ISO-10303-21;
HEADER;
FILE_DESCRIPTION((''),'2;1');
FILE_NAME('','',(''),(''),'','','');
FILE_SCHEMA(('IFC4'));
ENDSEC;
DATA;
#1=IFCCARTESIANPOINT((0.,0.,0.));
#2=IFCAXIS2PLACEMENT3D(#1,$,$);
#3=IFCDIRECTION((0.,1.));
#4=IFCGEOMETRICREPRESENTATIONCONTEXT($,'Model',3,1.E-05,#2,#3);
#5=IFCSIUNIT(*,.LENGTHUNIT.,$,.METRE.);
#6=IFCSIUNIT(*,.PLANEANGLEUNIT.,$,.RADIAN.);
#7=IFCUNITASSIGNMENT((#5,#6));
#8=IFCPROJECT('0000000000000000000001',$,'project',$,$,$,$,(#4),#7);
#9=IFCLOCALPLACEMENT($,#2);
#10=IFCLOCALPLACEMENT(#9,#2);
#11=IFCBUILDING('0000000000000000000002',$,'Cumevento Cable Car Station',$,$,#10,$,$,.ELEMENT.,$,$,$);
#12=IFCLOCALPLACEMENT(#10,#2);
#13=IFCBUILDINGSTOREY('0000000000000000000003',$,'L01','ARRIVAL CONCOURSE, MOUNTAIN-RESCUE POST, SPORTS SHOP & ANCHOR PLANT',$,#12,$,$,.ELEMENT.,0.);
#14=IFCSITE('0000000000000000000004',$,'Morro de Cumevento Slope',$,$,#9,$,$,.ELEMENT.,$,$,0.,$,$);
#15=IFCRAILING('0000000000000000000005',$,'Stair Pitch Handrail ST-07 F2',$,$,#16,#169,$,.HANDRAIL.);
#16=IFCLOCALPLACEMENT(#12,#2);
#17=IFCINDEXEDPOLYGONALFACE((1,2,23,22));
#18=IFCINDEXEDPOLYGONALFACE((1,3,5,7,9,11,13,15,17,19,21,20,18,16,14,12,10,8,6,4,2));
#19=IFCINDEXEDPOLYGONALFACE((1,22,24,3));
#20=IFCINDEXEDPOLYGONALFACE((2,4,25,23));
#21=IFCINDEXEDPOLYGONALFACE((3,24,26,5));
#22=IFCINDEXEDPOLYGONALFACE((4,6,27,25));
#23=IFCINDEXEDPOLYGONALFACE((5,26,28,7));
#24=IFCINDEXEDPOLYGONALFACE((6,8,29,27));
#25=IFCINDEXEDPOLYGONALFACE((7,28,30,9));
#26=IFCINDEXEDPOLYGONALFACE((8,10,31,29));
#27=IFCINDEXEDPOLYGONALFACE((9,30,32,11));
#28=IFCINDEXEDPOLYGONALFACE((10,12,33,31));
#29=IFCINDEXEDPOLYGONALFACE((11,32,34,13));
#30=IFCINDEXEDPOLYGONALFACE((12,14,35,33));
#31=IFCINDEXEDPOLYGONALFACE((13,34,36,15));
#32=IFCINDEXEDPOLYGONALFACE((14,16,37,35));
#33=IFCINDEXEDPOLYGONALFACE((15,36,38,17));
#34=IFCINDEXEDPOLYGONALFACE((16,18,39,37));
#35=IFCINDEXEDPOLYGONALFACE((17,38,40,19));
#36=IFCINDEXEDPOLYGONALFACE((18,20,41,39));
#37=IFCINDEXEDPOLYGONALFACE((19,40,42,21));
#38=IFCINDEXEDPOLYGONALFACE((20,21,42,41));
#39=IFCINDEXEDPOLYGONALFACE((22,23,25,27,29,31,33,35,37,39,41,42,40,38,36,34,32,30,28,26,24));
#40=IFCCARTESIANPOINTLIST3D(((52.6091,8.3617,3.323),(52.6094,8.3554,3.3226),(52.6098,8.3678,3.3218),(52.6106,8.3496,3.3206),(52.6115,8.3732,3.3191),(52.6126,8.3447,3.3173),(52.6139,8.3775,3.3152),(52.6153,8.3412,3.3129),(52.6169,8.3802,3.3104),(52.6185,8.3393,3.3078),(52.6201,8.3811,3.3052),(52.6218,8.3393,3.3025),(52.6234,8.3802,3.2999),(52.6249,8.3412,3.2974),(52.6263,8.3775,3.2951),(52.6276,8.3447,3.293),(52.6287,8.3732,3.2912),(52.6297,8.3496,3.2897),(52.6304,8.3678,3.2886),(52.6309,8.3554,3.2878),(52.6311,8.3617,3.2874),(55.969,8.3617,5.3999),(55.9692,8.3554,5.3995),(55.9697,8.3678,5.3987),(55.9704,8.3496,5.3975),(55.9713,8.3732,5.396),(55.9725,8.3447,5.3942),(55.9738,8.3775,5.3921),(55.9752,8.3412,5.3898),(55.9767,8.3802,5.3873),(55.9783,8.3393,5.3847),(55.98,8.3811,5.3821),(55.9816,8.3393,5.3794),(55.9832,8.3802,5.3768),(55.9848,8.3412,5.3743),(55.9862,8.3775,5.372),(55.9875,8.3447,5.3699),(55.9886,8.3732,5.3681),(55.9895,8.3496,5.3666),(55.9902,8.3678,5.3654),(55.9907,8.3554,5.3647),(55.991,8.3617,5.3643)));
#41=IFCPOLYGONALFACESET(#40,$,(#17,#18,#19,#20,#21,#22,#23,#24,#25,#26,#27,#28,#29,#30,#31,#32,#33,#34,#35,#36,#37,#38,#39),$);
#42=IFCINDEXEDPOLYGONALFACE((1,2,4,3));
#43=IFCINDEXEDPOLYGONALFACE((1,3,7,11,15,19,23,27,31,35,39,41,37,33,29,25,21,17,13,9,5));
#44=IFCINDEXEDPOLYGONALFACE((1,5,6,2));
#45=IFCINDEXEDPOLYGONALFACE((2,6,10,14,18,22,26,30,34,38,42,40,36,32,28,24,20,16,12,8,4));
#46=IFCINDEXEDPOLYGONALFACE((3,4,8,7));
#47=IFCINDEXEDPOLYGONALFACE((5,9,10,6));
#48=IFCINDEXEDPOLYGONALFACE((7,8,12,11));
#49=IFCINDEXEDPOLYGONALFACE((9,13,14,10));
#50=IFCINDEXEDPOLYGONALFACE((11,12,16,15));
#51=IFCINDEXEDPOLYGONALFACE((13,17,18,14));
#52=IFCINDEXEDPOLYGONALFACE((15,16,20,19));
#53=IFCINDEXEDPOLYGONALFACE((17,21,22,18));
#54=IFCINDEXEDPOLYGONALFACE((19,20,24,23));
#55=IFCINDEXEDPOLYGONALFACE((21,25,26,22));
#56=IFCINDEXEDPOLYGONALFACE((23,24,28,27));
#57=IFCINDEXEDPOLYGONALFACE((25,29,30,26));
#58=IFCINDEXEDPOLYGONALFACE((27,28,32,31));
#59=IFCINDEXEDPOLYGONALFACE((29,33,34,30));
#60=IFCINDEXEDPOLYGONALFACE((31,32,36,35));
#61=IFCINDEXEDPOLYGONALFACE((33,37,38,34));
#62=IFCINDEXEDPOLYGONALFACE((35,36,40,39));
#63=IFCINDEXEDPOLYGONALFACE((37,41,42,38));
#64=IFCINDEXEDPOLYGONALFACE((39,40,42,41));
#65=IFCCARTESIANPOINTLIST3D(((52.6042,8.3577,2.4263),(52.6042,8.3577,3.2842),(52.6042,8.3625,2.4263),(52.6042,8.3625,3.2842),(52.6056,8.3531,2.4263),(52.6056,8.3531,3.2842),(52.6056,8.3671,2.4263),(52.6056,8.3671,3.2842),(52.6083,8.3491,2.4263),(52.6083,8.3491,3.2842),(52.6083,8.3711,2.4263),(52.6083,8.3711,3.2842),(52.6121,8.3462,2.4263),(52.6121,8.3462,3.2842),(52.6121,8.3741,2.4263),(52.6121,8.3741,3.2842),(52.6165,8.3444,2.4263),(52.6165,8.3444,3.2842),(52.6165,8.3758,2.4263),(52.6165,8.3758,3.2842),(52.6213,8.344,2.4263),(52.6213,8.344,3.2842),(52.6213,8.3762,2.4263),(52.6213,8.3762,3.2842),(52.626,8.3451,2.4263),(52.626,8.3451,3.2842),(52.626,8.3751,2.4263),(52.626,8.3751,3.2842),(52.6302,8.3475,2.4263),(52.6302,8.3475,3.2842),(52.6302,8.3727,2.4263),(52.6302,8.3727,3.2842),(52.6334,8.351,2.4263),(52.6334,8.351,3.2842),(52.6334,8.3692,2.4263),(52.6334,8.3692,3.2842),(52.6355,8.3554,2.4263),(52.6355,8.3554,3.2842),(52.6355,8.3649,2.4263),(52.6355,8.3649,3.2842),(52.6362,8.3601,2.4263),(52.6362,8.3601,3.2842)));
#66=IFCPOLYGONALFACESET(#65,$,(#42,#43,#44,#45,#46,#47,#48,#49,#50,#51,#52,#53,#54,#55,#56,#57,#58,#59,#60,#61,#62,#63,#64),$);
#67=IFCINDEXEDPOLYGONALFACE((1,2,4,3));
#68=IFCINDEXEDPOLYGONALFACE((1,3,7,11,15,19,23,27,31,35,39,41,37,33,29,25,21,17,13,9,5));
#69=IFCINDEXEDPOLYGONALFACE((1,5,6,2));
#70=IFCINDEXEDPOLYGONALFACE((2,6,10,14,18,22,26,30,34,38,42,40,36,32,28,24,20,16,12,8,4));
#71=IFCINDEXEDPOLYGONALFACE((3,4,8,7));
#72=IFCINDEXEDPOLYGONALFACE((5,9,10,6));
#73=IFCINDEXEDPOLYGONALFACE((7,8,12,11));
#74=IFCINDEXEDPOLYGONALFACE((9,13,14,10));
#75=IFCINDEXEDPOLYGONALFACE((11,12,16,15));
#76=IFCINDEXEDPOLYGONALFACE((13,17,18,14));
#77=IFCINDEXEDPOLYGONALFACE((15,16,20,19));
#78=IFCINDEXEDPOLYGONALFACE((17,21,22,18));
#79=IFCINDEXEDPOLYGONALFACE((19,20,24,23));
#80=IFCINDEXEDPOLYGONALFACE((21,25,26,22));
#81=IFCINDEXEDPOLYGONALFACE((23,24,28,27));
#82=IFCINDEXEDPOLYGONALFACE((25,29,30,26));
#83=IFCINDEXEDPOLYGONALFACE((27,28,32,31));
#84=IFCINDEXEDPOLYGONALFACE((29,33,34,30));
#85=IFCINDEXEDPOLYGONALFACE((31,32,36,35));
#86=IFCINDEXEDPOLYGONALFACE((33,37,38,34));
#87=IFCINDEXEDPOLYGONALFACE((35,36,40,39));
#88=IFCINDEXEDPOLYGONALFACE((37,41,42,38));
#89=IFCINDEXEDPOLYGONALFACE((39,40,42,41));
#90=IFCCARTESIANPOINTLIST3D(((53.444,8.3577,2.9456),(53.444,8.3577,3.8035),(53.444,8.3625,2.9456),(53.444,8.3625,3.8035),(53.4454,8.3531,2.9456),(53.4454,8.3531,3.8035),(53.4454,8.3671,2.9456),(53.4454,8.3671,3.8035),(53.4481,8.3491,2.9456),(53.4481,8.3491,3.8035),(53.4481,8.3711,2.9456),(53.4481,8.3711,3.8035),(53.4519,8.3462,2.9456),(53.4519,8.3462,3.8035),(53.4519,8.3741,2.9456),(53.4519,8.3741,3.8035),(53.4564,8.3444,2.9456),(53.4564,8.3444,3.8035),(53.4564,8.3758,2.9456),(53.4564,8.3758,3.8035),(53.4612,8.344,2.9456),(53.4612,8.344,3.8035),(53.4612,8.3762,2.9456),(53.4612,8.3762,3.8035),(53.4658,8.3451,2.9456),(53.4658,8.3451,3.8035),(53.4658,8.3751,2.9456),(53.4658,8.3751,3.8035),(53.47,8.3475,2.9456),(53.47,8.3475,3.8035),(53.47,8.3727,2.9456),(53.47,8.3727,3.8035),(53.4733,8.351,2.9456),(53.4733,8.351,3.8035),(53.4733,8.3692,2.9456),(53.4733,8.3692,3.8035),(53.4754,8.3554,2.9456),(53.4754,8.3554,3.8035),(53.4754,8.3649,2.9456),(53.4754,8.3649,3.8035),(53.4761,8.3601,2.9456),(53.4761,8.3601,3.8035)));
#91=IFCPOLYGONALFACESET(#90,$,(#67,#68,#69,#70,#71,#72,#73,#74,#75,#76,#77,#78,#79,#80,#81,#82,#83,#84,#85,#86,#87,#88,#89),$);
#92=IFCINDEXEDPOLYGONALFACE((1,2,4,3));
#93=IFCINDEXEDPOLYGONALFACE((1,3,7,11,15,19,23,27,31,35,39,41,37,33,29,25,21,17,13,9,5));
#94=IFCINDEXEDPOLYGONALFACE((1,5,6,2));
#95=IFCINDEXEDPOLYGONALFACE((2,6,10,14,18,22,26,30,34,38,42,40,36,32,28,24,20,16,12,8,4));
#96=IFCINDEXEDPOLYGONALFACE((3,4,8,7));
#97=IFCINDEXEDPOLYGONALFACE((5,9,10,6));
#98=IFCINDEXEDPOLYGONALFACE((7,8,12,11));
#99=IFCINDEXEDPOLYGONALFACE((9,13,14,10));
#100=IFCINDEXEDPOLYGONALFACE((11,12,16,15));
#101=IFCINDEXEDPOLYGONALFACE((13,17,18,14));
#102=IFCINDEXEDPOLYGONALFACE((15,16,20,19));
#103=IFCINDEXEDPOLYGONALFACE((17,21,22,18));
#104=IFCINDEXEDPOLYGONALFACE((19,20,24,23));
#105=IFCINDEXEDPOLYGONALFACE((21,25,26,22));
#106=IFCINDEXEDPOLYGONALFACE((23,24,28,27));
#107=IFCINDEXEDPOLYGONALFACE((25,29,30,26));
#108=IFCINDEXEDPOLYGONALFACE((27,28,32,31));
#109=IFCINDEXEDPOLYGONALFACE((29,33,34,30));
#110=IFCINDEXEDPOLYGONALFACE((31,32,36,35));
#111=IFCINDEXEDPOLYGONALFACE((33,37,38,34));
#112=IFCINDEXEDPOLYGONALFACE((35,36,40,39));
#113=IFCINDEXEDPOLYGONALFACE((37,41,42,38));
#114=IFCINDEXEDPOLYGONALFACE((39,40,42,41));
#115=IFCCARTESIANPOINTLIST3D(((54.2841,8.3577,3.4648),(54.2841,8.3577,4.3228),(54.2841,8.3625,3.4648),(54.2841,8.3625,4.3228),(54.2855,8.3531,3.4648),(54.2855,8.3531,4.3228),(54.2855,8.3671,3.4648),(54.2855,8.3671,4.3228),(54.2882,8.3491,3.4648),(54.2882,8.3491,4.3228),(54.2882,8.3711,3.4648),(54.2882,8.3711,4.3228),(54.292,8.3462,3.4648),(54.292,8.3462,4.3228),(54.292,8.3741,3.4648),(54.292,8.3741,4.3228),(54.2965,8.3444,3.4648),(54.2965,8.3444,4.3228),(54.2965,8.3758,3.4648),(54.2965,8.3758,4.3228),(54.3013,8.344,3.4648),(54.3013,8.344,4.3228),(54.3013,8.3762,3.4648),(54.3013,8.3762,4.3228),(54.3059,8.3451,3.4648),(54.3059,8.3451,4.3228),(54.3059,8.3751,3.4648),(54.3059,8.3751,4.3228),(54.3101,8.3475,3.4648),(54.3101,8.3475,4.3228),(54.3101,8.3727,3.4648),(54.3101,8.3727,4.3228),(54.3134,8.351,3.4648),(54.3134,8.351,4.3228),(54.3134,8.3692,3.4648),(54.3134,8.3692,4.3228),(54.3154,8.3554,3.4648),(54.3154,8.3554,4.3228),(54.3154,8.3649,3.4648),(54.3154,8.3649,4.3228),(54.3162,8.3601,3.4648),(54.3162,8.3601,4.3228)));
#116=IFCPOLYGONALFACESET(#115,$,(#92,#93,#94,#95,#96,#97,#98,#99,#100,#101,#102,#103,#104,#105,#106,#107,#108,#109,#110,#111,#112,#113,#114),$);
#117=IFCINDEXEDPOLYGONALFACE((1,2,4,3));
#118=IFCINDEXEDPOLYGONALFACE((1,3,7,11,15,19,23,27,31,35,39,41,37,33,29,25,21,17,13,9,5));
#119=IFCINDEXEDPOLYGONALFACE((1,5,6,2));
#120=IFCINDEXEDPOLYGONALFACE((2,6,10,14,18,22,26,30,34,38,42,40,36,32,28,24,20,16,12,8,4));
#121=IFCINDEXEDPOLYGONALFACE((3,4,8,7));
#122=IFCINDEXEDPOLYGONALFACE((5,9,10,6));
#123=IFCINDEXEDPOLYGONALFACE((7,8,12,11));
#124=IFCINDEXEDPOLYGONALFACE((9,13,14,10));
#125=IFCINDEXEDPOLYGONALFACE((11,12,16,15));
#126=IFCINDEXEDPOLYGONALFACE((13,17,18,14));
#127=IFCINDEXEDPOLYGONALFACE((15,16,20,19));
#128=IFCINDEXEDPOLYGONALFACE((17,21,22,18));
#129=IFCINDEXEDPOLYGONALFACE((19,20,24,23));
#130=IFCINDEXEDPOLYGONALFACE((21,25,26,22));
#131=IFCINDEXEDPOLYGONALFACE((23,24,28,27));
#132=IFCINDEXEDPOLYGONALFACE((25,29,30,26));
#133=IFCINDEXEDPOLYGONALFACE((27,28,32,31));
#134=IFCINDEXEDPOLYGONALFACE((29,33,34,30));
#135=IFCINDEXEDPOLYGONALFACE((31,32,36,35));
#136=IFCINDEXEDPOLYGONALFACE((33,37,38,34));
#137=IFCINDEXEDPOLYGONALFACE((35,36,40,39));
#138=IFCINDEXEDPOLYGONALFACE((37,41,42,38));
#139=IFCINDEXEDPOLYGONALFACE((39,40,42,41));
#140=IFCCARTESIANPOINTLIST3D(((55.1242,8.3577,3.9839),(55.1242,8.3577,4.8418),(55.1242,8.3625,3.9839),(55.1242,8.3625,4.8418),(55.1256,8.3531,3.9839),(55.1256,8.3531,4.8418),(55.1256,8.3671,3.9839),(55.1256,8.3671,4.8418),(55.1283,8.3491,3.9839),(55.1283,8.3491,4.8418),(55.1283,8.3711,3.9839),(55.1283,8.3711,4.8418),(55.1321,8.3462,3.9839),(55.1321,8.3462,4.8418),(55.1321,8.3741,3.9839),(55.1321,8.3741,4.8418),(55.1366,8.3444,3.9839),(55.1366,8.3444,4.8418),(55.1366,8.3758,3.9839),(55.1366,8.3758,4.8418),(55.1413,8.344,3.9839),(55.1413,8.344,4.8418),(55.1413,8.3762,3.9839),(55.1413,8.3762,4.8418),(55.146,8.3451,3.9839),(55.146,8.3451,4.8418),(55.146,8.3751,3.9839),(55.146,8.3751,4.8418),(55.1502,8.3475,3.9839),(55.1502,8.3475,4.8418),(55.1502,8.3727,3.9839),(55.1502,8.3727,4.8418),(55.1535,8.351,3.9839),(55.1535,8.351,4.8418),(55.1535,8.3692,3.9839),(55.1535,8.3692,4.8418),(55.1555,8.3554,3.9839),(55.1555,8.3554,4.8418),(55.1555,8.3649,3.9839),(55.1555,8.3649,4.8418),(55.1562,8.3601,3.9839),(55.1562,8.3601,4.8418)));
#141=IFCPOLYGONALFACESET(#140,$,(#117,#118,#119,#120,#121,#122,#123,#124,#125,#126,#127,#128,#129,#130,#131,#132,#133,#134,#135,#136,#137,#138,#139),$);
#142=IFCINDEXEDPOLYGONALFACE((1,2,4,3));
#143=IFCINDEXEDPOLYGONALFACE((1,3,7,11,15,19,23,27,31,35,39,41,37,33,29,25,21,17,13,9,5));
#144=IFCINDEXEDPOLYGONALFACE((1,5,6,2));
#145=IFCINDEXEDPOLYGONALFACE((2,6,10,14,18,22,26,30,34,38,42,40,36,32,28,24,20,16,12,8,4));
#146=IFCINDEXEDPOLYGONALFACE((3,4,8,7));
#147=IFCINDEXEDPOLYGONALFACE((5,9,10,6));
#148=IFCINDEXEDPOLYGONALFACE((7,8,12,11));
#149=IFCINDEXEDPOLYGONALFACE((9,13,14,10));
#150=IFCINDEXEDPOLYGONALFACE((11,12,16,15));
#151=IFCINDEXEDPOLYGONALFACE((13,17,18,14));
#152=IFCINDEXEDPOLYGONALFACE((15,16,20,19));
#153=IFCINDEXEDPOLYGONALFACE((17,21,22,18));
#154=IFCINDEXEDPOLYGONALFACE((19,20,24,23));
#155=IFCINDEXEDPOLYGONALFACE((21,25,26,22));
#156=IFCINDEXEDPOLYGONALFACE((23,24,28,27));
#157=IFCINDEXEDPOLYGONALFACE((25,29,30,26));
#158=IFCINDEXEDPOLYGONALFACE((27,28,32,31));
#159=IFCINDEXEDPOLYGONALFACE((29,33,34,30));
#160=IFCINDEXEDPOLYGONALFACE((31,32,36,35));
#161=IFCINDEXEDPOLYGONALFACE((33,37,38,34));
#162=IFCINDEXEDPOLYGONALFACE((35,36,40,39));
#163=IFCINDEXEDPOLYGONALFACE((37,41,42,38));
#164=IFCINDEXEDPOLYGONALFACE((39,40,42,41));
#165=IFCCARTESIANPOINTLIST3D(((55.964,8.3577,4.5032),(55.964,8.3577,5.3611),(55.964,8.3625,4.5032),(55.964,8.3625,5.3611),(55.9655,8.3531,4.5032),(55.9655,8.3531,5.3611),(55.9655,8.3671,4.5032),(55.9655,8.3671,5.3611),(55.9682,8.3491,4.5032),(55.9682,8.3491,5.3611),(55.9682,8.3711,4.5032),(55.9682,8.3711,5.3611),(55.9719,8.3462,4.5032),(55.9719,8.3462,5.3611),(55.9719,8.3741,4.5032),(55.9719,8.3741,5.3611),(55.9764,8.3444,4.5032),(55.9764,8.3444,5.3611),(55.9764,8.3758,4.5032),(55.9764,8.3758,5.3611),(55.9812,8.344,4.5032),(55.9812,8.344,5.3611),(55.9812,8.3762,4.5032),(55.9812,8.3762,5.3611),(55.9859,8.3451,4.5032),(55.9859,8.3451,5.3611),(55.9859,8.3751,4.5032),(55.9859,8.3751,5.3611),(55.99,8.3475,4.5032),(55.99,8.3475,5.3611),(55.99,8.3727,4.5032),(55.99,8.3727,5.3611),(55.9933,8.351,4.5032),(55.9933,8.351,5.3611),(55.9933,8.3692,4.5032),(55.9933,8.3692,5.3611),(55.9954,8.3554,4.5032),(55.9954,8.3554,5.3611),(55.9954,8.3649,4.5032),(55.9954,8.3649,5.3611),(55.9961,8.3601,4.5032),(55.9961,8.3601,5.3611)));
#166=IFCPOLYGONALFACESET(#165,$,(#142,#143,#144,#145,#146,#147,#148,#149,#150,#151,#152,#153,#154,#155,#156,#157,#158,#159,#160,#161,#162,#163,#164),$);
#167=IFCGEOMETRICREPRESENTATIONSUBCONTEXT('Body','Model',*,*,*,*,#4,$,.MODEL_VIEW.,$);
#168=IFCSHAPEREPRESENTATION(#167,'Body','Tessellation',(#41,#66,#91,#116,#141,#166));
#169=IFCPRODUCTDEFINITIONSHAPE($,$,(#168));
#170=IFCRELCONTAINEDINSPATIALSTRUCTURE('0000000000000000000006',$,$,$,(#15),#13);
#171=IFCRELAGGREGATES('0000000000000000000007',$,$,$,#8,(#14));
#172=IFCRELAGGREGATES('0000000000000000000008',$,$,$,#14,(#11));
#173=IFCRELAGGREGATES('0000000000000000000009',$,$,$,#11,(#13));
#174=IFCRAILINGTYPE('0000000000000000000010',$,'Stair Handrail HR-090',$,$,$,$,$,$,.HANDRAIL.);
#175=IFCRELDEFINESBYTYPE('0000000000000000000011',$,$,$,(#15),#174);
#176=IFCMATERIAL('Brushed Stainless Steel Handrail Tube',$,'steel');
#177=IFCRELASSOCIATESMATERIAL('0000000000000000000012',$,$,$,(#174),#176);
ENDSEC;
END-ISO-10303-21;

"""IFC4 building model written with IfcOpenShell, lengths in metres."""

from ifc_helpers import new_model, si_unit, direction, frame, origin, origin_2d, place, context, subcontext, project, spatial, circle, extrude, material, type_object, element, save


model = new_model("IFC4")

# Units and contexts
model_context = context("Model", 3, precision=1e-05, world=origin(), true_north=direction((0.0, 1.0)))
body_context = subcontext(model_context, "Body", "Model", "MODEL_VIEW")
ifc_project = project(units=[si_unit("LENGTHUNIT", "METRE"), si_unit("PLANEANGLEUNIT", "RADIAN")], contexts=[model_context])

# Site, building, storey
site_placement = place(None, origin())
site = spatial("IfcSite", under=ifc_project, at=site_placement, Name="Morro de Cumevento Slope", CompositionType="ELEMENT", RefElevation=0.0)
building_placement = place(site_placement, origin())
building = spatial("IfcBuilding", under=site, at=building_placement, Name="Cumevento Cable Car Station", CompositionType="ELEMENT")
storey_placement = place(building_placement, origin())
storey = spatial("IfcBuildingStorey", under=building, at=storey_placement, Name="L01", Description="ARRIVAL CONCOURSE, MOUNTAIN-RESCUE POST, SPORTS SHOP & ANCHOR PLANT", CompositionType="ELEMENT", Elevation=0.0)

# Railing
ifc_material_1 = material(Name="Brushed Stainless Steel Handrail Tube", Category="steel")
railing_type_1 = type_object("IfcRailingType", Name="Stair Handrail HR-090", PredefinedType="HANDRAIL", material=ifc_material_1)
railing_1_placement = place(storey_placement, frame((52.6201, 8.3601, 2.4263)))
element("IfcRailing", 1, at=railing_1_placement, inside=storey, type_object=railing_type_1, Name="Stair Pitch Handrail ST-07 F2", PredefinedType="HANDRAIL", context=body_context, shape_type="SweptSolid", body=[
    extrude(circle(Radius=0.021, at=origin_2d()), frame((0.0, 0.0, 0.8789), z_axis=(0.850606, 0.0, 0.525803), x_axis=(0.0, 1.0, 0.0)), (0.0, 0.0, 1.0), 3.95),
    extrude(circle(Radius=0.0161, at=origin_2d()), origin(), (0.0, 0.0, 1.0), 0.8579),
    extrude(circle(Radius=0.0161, at=origin_2d()), frame((0.8398, 0.0, 0.5193)), (0.0, 0.0, 1.0), 0.8579),
    extrude(circle(Radius=0.0161, at=origin_2d()), frame((1.6799, 0.0, 1.0386)), (0.0, 0.0, 1.0), 0.8579),
    extrude(circle(Radius=0.0161, at=origin_2d()), frame((2.52, 0.0, 1.5576)), (0.0, 0.0, 1.0), 0.8579),
    extrude(circle(Radius=0.0161, at=origin_2d()), frame((3.3599, 0.0, 2.0769)), (0.0, 0.0, 1.0), 0.8579),
])

save(model, "model.ifc")
